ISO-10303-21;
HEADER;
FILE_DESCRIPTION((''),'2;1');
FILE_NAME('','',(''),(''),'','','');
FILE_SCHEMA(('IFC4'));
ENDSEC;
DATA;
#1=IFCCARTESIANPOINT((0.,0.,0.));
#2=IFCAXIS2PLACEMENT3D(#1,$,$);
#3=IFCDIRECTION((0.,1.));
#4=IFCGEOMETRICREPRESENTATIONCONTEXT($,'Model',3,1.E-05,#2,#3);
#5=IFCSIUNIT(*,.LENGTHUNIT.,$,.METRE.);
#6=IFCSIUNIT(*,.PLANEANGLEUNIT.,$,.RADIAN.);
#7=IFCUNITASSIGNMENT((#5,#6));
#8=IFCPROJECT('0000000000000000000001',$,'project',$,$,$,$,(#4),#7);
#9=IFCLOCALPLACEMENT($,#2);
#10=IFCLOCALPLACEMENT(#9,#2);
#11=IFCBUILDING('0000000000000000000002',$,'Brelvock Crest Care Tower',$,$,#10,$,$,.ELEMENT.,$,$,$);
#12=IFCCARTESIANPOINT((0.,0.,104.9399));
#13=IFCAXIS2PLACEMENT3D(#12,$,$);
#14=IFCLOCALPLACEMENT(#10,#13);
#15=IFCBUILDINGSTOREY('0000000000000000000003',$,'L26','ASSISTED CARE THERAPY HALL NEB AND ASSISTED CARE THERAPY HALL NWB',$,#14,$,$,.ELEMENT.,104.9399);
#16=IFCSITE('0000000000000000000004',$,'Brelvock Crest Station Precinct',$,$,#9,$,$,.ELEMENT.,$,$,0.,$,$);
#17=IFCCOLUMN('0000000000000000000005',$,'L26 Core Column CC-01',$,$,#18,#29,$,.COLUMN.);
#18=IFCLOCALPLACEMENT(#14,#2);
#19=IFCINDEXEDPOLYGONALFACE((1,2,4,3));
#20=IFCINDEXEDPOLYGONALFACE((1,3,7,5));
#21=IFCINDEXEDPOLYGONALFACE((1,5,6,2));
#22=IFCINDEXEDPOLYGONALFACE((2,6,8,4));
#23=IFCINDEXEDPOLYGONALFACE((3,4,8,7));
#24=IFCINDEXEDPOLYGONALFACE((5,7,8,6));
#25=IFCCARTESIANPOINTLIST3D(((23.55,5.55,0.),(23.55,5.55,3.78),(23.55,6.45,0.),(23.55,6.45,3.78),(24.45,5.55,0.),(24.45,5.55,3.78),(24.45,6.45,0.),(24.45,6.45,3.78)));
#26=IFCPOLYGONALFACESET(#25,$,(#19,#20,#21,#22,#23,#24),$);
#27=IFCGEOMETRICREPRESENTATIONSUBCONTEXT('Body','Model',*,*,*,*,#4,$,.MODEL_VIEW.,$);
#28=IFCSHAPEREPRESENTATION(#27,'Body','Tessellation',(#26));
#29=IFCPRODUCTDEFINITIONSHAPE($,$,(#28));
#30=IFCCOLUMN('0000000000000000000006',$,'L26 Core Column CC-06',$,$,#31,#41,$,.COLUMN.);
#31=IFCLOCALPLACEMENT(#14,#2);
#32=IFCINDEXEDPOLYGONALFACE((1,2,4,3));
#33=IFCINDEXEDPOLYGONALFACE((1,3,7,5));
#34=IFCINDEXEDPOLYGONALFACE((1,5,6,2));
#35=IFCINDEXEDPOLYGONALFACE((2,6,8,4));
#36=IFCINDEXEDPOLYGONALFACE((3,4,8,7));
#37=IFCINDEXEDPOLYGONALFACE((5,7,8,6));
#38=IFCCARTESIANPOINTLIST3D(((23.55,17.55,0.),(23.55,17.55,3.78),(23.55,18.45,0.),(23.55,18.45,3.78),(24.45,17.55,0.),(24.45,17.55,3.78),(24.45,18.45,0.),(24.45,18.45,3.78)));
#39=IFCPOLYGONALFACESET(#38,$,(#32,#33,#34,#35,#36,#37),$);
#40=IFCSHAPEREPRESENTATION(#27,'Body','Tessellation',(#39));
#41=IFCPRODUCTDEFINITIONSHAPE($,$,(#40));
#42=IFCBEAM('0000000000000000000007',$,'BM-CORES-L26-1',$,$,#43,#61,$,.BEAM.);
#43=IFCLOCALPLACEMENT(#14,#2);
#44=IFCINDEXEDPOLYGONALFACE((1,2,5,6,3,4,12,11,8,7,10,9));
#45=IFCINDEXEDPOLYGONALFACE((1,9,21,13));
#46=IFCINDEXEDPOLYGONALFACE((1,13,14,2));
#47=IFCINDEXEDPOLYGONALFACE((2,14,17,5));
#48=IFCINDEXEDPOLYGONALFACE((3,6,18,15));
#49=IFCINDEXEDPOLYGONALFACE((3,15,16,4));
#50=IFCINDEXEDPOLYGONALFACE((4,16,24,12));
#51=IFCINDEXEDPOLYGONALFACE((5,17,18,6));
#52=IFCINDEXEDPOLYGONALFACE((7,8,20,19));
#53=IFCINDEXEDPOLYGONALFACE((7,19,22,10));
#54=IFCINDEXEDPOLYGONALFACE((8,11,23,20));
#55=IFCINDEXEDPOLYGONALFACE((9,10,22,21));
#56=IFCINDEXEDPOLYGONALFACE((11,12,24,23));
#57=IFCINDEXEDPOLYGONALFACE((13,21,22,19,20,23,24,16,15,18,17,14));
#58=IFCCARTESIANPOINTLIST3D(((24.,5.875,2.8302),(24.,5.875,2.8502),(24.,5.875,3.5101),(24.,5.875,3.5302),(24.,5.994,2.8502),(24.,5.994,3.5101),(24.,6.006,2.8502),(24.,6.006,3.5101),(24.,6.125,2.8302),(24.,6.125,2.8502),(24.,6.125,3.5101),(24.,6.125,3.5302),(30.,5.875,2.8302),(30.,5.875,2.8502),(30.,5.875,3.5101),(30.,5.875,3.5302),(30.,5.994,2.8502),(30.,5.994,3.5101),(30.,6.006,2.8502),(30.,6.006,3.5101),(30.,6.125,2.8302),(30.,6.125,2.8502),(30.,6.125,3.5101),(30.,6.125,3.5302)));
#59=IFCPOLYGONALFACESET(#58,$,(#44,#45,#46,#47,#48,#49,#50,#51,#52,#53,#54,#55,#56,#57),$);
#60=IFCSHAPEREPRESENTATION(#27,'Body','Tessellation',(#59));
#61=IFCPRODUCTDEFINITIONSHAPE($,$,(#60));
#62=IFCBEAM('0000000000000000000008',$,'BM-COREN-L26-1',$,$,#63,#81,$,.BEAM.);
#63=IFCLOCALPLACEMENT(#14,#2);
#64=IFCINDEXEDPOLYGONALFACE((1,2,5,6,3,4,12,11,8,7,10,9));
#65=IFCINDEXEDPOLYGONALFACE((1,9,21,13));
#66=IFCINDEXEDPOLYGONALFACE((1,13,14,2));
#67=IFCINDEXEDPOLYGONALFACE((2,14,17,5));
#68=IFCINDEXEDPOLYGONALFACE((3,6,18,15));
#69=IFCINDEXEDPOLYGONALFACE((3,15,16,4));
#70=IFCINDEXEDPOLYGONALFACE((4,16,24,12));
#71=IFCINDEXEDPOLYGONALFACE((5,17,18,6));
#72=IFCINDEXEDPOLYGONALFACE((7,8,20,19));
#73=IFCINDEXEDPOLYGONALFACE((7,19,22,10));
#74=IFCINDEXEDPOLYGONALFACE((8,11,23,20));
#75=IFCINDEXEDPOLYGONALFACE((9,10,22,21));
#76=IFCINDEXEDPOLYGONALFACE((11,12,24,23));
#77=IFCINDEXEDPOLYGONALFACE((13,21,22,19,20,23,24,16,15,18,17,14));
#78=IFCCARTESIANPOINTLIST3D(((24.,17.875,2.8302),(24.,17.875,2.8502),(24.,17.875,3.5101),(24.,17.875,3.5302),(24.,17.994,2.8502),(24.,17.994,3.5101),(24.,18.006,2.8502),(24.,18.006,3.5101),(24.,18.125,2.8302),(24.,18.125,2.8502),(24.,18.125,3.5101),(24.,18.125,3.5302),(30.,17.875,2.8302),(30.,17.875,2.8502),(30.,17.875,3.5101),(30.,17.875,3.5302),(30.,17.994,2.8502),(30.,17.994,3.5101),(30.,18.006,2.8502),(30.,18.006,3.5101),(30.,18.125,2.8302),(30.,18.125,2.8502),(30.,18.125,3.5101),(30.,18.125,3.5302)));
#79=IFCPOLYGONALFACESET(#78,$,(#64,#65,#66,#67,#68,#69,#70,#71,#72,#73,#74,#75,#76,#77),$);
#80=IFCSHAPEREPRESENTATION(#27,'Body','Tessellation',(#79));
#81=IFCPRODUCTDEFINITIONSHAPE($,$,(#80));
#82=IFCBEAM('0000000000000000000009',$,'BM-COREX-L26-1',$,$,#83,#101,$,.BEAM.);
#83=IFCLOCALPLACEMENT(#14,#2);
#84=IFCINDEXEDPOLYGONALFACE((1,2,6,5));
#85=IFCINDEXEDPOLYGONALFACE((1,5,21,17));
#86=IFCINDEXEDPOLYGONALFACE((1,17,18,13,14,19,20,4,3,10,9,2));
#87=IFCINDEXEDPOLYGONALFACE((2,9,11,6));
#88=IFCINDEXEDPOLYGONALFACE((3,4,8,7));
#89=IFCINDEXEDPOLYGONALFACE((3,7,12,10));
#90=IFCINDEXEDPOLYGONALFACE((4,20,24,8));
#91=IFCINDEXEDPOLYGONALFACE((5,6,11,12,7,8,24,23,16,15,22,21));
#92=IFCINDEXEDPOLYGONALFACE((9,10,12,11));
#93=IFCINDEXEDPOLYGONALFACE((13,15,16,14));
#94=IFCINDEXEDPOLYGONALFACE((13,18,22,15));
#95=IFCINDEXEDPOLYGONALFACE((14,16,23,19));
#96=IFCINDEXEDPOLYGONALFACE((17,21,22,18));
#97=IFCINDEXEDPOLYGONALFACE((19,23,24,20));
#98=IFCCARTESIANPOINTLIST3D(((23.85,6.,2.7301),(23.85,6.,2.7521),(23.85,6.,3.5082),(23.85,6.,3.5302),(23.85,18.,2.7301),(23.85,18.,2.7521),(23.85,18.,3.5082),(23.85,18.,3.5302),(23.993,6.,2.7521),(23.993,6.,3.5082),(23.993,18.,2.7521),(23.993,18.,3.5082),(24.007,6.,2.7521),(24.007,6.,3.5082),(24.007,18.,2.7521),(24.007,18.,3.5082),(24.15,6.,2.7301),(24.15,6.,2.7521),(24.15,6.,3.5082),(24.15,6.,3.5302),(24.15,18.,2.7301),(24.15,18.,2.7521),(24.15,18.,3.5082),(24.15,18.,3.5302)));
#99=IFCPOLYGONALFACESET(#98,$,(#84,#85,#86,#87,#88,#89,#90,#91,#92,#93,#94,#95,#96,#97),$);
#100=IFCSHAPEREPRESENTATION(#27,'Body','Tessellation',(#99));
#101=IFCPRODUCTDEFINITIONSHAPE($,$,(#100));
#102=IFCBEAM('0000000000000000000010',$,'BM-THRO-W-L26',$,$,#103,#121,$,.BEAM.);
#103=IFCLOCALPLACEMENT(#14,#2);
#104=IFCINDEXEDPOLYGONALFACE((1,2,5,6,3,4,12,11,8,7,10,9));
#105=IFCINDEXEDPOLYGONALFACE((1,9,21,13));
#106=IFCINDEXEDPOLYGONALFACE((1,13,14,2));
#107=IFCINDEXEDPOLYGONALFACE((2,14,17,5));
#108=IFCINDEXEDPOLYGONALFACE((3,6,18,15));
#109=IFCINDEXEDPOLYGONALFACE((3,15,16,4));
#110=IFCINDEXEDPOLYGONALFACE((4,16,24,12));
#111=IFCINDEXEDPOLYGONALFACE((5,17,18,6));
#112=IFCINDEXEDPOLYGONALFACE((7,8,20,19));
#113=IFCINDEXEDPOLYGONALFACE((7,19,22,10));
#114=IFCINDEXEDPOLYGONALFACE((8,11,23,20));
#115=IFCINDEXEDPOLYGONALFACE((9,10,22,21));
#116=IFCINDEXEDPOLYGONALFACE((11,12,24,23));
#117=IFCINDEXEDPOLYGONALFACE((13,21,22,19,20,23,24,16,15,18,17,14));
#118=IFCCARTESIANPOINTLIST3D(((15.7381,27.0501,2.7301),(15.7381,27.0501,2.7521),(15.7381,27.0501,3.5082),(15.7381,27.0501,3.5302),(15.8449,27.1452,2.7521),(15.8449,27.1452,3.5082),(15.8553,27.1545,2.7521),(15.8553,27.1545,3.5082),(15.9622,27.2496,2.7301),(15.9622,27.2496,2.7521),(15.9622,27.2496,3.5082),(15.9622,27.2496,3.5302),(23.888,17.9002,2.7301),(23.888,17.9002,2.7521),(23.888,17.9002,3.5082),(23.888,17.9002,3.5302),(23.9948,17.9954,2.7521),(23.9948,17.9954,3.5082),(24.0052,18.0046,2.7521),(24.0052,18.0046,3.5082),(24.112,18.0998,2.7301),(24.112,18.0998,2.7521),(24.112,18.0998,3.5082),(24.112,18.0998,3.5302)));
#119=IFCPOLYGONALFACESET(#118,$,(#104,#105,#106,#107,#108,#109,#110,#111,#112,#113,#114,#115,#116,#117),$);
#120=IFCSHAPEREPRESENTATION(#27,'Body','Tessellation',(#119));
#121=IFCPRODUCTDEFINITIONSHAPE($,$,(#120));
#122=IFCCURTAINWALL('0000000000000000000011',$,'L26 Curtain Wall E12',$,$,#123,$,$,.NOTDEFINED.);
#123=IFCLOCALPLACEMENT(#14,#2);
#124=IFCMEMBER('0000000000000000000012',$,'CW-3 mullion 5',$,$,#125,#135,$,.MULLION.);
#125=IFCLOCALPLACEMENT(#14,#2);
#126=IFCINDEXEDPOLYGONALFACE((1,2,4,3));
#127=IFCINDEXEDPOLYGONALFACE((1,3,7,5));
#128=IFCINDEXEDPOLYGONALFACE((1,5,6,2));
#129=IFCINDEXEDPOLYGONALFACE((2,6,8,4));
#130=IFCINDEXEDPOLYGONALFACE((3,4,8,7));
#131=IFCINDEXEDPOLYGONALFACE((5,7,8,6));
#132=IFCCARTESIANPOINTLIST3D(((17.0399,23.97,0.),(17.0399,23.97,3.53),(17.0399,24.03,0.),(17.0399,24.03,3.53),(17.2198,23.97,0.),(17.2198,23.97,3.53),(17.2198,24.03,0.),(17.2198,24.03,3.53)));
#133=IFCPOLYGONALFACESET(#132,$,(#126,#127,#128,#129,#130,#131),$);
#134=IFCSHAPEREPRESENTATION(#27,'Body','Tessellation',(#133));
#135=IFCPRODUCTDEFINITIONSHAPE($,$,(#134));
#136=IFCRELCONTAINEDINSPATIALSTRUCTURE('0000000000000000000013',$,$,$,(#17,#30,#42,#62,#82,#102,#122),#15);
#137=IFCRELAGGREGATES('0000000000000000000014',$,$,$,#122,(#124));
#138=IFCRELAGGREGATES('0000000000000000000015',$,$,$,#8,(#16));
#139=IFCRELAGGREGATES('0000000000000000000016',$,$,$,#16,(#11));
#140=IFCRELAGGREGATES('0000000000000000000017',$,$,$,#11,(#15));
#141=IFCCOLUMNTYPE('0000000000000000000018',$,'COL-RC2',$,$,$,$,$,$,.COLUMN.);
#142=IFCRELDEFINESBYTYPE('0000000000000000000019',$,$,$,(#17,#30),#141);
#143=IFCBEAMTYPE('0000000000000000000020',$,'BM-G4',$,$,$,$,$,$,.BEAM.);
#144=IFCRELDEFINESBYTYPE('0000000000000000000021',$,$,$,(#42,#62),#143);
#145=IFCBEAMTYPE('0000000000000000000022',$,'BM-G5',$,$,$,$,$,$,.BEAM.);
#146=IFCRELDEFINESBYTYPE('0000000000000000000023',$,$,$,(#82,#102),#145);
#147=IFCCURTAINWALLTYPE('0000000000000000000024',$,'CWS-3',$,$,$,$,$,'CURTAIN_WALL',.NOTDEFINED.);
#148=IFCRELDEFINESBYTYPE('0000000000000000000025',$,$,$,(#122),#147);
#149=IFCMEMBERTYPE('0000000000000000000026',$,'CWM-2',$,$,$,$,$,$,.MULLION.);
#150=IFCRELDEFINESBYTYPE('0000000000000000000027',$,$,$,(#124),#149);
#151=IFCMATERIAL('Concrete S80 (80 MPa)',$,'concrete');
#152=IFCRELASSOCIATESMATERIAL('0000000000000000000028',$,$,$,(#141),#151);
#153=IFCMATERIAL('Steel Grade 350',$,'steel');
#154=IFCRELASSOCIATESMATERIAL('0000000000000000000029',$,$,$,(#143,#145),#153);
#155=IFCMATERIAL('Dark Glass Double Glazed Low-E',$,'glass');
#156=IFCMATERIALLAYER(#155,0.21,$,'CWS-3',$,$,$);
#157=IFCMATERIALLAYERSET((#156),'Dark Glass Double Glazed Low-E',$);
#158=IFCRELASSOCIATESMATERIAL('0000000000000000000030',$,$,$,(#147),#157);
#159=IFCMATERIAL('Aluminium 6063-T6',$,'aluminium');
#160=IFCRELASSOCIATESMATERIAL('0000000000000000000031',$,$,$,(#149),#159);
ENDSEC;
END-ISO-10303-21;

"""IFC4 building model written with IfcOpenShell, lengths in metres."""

from ifc_helpers import new_model, si_unit, direction, frame, origin, origin_2d, place, context, subcontext, project, spatial, rectangle, i_section, extrude, source, transform, mapped, material, layer, layer_set, material_profile, profile_set, type_object, element, aggregate, save


model = new_model("IFC4")

# Units and contexts
model_context = context("Model", 3, precision=1e-05, world=origin(), true_north=direction((0.0, 1.0)))
body_context = subcontext(model_context, "Body", "Model", "MODEL_VIEW")
ifc_project = project(units=[si_unit("LENGTHUNIT", "METRE"), si_unit("PLANEANGLEUNIT", "RADIAN")], contexts=[model_context])

# Site, building, storey
site_placement = place(None, origin())
site = spatial("IfcSite", under=ifc_project, at=site_placement, Name="Brelvock Crest Station Precinct", CompositionType="ELEMENT", RefElevation=0.0)
building_placement = place(site_placement, origin())
building = spatial("IfcBuilding", under=site, at=building_placement, Name="Brelvock Crest Care Tower", CompositionType="ELEMENT")
storey_placement = place(building_placement, frame((0.0, 0.0, 104.9399)))
storey = spatial("IfcBuildingStorey", under=building, at=storey_placement, Name="L26", Description="ASSISTED CARE THERAPY HALL NEB AND ASSISTED CARE THERAPY HALL NWB", CompositionType="ELEMENT", Elevation=104.9399)

# Columns
ifc_material_1 = material(Name="Concrete S80 (80 MPa)", Category="concrete")
ifc_material_profile_1 = material_profile(ifc_material_1, rectangle(XDim=0.8999, YDim=0.8999, at=origin_2d()), Name="RC900x900")
ifc_profile_set_1 = profile_set([ifc_material_profile_1], Name="Concrete S80 (80 MPa)")
column_type = type_object("IfcColumnType", Name="COL-RC2", PredefinedType="COLUMN", material=ifc_profile_set_1)
shared_shape_1 = source(origin(), body_context, "Body", "SweptSolid", [
    extrude(rectangle(XDim=0.8999, YDim=0.8999, at=origin_2d()), origin(), (0.0, 0.0, 1.0), 3.78),
])
for number, where, z_axis, x_axis, name in (
    (1, (24.0, 6.0, 0.0), (0.0, 0.0, 1.0), (1.0, 0.0, 0.0), "L26 Core Column CC-01"),
    (2, (24.0, 18.0, 0.0), (0.0, 0.0, 1.0), (1.0, 0.0, 0.0), "L26 Core Column CC-06"),
):
    element("IfcColumn", number, at=place(storey_placement, frame(where, z_axis=z_axis, x_axis=x_axis)), inside=storey, type_object=column_type, Name=name, PredefinedType="COLUMN", context=body_context, shape_type="MappedRepresentation", body=[
        mapped(shared_shape_1, transform((0.0, 0.0, 0.0), x_axis=(1.0, 0.0, 0.0), y_axis=(0.0, 1.0, 0.0), z_axis=(0.0, 0.0, 1.0), scale=1.0)),
    ])

# Beams
ifc_material_2 = material(Name="Steel Grade 350", Category="steel")
ifc_material_profile_2 = material_profile(ifc_material_2, i_section(OverallWidth=0.25, OverallDepth=0.7, WebThickness=0.012, FlangeThickness=0.02, at=origin_2d()), Name="700WB150")
ifc_profile_set_2 = profile_set([ifc_material_profile_2], Name="Steel Grade 350")
beam_type_1 = type_object("IfcBeamType", Name="BM-G4", PredefinedType="BEAM", material=ifc_profile_set_2)
shared_shape_2 = source(origin(), body_context, "Body", "SweptSolid", [
    extrude(i_section(OverallWidth=0.25, OverallDepth=0.7, WebThickness=0.012, FlangeThickness=0.02, at=origin_2d()), origin(), (0.0, 0.0, 1.0), 6.0),
])
for number, where, z_axis, x_axis, name in (
    (3, (24.0, 6.0, 3.1802), (1.0, 0.0, 0.0), (0.0, 1.0, 0.0), "BM-CORES-L26-1"),
    (4, (24.0, 18.0, 3.1802), (1.0, 0.0, 0.0), (0.0, 1.0, 0.0), "BM-COREN-L26-1"),
):
    element("IfcBeam", number, at=place(storey_placement, frame(where, z_axis=z_axis, x_axis=x_axis)), inside=storey, type_object=beam_type_1, Name=name, PredefinedType="BEAM", context=body_context, shape_type="MappedRepresentation", body=[
        mapped(shared_shape_2, transform((0.0, 0.0, 0.0), x_axis=(1.0, 0.0, 0.0), y_axis=(0.0, 1.0, 0.0), z_axis=(0.0, 0.0, 1.0), scale=1.0)),
    ])
ifc_material_profile_3 = material_profile(ifc_material_2, i_section(OverallWidth=0.3, OverallDepth=0.8, WebThickness=0.0139, FlangeThickness=0.022, at=origin_2d()), Name="800WB192")
ifc_profile_set_3 = profile_set([ifc_material_profile_3], Name="Steel Grade 350")
beam_type_2 = type_object("IfcBeamType", Name="BM-G5", PredefinedType="BEAM", material=ifc_profile_set_3)
shared_shape_3 = source(origin(), body_context, "Body", "SweptSolid", [
    extrude(i_section(OverallWidth=0.3, OverallDepth=0.8, WebThickness=0.0139, FlangeThickness=0.022, at=origin_2d()), origin(), (0.0, 0.0, 1.0), 12.0),
])
beam_1_placement = place(storey_placement, frame((24.0, 6.0, 3.1301), z_axis=(0.0, 1.0, 0.0), x_axis=(-1.0, 0.0, 0.0)))
element("IfcBeam", 5, at=beam_1_placement, inside=storey, type_object=beam_type_2, Name="BM-COREX-L26-1", PredefinedType="BEAM", context=body_context, shape_type="MappedRepresentation", body=[
    mapped(shared_shape_3, transform((0.0, 0.0, 0.0), x_axis=(1.0, 0.0, 0.0), y_axis=(0.0, 1.0, 0.0), z_axis=(0.0, 0.0, 1.0), scale=1.0)),
])
shared_shape_4 = source(origin(), body_context, "Body", "SweptSolid", [
    extrude(i_section(OverallWidth=0.3, OverallDepth=0.8, WebThickness=0.0139, FlangeThickness=0.022, at=origin_2d()), origin(), (0.0, 0.0, 1.0), 12.2532),
])
beam_2_placement = place(storey_placement, frame((24.0, 18.0, 3.1301), z_axis=(-0.665123, 0.746734, 0.0), x_axis=(-0.746734, -0.665123, 0.0)))
element("IfcBeam", 6, at=beam_2_placement, inside=storey, type_object=beam_type_2, Name="BM-THRO-W-L26", PredefinedType="BEAM", context=body_context, shape_type="MappedRepresentation", body=[
    mapped(shared_shape_4, transform((0.0, 0.0, 0.0), x_axis=(1.0, 0.0, 0.0), y_axis=(0.0, 1.0, 0.0), z_axis=(0.0, 0.0, 1.0), scale=1.0)),
])

# Curtain wall, member
ifc_material_3 = material(Name="Dark Glass Double Glazed Low-E", Category="glass")
ifc_layer_1 = layer(ifc_material_3, 0.21, Name="CWS-3")
ifc_layer_set_1 = layer_set([ifc_layer_1], Name="Dark Glass Double Glazed Low-E")
curtain_wall_type = type_object("IfcCurtainWallType", Name="CWS-3", ElementType="CURTAIN_WALL", PredefinedType="NOTDEFINED", material=ifc_layer_set_1)
curtain_wall_placement = place(storey_placement, origin())
curtain_wall = element("IfcCurtainWall", 7, at=curtain_wall_placement, inside=storey, type_object=curtain_wall_type, Name="L26 Curtain Wall E12", PredefinedType="NOTDEFINED")
ifc_material_4 = material(Name="Aluminium 6063-T6", Category="aluminium")
ifc_material_profile_4 = material_profile(ifc_material_4, rectangle(XDim=0.0601, YDim=0.1799, at=origin_2d()), Name="ALU60x180")
ifc_profile_set_4 = profile_set([ifc_material_profile_4], Name="Aluminium 6063-T6")
member_type = type_object("IfcMemberType", Name="CWM-2", PredefinedType="MULLION", material=ifc_profile_set_4)
shared_shape_5 = source(origin(), body_context, "Body", "SweptSolid", [
    extrude(rectangle(XDim=0.0601, YDim=0.1799, at=origin_2d()), origin(), (0.0, 0.0, 1.0), 3.53),
])
member_placement = place(storey_placement, frame((17.1299, 24.0, 0.0), z_axis=(0.0, 0.0, 1.0), x_axis=(0.0, -1.0, 0.0)))
member = element("IfcMember", 8, at=member_placement, type_object=member_type, Name="CW-3 mullion 5", PredefinedType="MULLION", context=body_context, shape_type="MappedRepresentation", body=[
    mapped(shared_shape_5, transform((0.0, 0.0, 0.0), x_axis=(1.0, 0.0, 0.0), y_axis=(0.0, 1.0, 0.0), z_axis=(0.0, 0.0, 1.0), scale=1.0)),
])
aggregate(curtain_wall, [member])

save(model, "model.ifc")
